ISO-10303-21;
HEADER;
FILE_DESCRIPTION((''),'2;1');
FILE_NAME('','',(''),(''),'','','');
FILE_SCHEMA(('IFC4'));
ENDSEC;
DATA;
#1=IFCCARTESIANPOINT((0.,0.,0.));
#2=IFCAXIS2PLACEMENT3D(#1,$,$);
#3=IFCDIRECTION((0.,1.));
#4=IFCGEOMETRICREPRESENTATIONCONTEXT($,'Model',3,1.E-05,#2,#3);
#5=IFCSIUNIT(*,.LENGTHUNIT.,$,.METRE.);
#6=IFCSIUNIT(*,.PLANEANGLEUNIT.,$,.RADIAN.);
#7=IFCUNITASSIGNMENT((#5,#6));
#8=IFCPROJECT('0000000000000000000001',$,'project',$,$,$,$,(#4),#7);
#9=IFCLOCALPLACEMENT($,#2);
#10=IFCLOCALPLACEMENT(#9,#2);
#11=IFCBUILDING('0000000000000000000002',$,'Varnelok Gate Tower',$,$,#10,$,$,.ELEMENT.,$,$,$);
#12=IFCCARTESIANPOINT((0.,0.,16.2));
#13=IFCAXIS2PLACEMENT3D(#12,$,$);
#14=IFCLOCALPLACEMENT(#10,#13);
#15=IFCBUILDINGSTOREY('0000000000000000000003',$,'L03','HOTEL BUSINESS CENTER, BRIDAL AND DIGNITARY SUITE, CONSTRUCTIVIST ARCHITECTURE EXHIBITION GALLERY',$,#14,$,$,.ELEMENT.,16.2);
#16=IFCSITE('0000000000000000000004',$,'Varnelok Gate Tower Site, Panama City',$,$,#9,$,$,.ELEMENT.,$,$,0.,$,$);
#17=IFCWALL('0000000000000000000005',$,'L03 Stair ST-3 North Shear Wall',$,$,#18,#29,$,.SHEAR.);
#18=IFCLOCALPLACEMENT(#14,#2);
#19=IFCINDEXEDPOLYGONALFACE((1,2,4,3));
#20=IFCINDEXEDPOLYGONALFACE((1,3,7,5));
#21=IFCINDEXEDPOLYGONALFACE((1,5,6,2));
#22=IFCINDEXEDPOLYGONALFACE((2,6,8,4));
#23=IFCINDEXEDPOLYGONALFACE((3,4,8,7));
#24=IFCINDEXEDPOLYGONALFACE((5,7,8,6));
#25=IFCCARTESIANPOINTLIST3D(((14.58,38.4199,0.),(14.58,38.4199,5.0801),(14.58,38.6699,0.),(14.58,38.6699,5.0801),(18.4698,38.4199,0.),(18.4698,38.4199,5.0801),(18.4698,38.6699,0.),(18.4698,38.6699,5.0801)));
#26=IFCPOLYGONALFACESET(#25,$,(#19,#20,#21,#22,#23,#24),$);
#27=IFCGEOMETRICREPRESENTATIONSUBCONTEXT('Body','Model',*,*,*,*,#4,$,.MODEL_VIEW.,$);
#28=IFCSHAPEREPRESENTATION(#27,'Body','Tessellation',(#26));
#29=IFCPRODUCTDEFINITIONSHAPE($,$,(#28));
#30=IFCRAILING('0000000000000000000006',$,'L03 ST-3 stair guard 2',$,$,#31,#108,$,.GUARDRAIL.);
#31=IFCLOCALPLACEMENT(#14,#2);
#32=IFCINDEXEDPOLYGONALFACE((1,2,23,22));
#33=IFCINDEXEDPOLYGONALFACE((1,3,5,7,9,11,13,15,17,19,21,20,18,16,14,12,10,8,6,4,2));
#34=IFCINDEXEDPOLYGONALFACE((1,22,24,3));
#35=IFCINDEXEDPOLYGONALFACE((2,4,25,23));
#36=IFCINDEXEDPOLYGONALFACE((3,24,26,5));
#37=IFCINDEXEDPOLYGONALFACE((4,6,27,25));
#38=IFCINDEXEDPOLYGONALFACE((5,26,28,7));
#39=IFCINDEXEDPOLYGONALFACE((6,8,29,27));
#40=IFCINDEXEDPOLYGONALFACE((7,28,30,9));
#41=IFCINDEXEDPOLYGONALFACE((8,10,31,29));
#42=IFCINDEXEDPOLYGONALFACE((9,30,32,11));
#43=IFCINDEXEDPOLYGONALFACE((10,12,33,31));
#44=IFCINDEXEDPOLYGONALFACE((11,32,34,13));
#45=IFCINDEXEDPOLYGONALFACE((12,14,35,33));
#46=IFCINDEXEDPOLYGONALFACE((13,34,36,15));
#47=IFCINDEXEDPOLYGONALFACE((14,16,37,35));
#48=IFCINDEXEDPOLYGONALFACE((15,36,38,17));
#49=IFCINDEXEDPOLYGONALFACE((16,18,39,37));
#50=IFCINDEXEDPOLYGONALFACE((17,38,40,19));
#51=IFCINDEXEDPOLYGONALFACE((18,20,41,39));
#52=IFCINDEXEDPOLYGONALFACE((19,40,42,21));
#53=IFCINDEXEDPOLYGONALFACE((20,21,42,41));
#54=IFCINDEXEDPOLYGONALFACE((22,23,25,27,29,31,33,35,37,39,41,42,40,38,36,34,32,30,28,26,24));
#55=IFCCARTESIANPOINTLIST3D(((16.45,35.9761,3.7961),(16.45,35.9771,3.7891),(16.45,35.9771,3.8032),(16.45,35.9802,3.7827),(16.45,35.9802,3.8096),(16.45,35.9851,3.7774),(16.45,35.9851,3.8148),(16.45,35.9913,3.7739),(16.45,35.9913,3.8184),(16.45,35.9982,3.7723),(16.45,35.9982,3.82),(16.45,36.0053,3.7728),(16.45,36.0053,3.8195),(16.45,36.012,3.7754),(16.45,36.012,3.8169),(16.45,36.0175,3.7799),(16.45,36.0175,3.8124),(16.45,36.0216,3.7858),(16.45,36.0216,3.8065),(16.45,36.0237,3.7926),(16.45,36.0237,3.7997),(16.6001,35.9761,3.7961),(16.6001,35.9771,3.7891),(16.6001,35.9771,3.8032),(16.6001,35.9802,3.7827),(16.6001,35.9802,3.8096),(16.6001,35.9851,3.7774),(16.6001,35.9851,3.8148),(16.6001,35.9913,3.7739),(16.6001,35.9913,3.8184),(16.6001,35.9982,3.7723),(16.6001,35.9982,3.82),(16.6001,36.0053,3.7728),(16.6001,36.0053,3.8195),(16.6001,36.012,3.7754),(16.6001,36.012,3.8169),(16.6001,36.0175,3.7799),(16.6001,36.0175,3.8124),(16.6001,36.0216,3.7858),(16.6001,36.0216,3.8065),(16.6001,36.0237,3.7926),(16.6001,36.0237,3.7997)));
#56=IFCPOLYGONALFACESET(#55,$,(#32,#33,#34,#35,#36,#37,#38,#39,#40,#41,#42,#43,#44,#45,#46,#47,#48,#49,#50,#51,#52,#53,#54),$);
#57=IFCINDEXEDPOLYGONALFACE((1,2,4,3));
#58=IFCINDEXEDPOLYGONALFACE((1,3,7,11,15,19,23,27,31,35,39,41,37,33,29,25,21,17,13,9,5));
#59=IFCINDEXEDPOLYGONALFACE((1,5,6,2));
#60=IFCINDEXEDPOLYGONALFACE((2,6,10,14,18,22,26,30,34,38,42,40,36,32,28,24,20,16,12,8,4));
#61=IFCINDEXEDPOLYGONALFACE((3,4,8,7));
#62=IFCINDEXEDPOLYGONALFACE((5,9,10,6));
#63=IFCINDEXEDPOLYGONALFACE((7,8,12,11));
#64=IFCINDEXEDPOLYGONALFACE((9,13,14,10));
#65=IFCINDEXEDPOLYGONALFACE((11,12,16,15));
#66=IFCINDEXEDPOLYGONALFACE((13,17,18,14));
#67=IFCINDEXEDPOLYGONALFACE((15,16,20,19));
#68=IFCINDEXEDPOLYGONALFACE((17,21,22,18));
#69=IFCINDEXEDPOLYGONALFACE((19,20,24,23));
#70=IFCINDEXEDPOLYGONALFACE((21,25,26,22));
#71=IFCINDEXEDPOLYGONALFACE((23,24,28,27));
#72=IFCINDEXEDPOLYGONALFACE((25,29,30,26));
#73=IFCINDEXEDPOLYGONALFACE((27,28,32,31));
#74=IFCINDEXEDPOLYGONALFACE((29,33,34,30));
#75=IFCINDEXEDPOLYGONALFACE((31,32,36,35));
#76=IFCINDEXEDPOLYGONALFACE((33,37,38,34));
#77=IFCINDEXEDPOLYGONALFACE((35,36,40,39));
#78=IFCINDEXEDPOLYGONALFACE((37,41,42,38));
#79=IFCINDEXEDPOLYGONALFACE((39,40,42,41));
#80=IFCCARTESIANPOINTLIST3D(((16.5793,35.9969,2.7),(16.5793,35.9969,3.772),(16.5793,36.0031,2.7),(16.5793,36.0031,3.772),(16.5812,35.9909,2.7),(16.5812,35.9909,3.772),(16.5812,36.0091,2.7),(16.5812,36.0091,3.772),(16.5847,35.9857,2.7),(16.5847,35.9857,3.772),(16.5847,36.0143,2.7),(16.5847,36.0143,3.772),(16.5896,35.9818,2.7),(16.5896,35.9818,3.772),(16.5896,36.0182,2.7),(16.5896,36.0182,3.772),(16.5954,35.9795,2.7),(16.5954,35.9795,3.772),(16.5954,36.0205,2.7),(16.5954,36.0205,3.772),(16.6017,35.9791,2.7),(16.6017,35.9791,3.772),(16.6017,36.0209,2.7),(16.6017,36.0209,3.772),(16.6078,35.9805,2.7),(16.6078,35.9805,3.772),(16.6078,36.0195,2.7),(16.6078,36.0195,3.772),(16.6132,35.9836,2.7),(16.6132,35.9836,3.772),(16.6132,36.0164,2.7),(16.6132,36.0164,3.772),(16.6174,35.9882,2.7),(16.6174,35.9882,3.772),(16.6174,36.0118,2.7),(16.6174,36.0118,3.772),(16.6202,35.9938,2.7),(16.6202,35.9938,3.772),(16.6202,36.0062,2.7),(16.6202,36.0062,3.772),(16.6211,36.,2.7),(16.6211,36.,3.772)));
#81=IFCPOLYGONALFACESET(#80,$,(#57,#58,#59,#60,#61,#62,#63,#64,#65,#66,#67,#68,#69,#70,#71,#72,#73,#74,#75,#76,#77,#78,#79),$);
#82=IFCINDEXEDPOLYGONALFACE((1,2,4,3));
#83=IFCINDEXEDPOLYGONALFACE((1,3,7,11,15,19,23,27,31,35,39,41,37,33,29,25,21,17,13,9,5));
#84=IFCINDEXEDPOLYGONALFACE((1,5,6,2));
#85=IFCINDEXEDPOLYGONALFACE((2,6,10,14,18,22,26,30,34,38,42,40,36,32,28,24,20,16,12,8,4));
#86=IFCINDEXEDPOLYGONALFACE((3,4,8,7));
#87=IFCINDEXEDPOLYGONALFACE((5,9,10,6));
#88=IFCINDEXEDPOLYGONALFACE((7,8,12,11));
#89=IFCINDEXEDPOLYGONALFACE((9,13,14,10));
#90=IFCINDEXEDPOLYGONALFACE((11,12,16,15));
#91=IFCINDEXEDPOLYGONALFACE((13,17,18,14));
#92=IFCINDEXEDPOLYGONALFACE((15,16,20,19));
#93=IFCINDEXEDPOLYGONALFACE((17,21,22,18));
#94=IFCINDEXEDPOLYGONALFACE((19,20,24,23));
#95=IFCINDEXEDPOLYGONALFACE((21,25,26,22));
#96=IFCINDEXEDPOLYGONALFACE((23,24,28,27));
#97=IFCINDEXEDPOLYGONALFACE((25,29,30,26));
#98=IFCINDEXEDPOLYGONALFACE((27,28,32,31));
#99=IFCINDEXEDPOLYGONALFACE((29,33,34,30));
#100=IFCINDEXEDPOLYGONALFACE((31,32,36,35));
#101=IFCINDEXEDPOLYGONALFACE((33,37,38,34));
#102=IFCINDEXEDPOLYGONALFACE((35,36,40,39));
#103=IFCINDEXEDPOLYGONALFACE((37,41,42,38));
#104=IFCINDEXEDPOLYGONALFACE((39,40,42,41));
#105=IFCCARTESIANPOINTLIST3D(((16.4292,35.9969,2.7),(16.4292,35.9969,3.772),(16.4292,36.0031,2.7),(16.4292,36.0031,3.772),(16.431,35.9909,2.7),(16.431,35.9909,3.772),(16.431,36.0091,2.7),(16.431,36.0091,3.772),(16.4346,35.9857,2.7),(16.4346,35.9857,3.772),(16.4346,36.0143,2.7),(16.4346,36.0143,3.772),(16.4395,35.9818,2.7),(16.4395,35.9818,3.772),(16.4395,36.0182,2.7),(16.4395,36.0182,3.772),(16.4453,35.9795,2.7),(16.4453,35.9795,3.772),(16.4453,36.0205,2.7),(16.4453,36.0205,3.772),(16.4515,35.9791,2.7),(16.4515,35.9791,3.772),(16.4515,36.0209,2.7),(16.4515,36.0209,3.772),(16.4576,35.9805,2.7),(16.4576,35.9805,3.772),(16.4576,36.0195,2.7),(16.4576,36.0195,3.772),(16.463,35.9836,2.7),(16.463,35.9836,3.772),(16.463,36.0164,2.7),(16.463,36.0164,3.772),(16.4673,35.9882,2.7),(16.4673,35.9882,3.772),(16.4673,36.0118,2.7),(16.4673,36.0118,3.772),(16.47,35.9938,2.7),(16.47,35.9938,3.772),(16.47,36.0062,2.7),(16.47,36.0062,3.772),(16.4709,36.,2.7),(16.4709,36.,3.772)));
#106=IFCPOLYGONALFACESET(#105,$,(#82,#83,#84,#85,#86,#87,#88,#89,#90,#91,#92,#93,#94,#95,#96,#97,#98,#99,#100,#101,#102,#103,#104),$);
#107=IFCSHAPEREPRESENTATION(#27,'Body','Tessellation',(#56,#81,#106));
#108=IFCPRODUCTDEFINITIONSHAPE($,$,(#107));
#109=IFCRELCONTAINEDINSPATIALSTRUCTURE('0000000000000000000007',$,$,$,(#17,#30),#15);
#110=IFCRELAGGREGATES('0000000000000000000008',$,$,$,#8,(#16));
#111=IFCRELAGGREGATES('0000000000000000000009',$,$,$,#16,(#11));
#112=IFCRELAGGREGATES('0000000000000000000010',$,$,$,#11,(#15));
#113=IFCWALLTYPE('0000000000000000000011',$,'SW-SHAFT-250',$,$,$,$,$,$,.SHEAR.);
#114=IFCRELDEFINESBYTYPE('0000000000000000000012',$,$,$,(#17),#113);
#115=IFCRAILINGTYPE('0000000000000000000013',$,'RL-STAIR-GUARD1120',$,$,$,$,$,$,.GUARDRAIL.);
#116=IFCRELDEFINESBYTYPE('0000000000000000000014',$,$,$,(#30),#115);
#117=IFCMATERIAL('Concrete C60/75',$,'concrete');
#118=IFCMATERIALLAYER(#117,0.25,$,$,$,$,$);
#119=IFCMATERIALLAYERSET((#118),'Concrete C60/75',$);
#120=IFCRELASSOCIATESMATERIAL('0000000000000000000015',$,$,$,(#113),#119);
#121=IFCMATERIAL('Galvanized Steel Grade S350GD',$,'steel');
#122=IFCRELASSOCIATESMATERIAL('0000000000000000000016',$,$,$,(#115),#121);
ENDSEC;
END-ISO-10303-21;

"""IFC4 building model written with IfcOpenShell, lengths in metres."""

from ifc_helpers import new_model, si_unit, direction, frame, frame_2d, origin, origin_2d, place, context, subcontext, project, spatial, rectangle, circle, extrude, material, layer, layer_set, type_object, element, save


model = new_model("IFC4")

# Units and contexts
model_context = context("Model", 3, precision=1e-05, world=origin(), true_north=direction((0.0, 1.0)))
body_context = subcontext(model_context, "Body", "Model", "MODEL_VIEW")
ifc_project = project(units=[si_unit("LENGTHUNIT", "METRE"), si_unit("PLANEANGLEUNIT", "RADIAN")], contexts=[model_context])

# Site, building, storey
site_placement = place(None, origin())
site = spatial("IfcSite", under=ifc_project, at=site_placement, Name="Varnelok Gate Tower Site, Panama City", CompositionType="ELEMENT", RefElevation=0.0)
building_placement = place(site_placement, origin())
building = spatial("IfcBuilding", under=site, at=building_placement, Name="Varnelok Gate Tower", CompositionType="ELEMENT")
storey_placement = place(building_placement, frame((0.0, 0.0, 16.2)))
storey = spatial("IfcBuildingStorey", under=building, at=storey_placement, Name="L03", Description="HOTEL BUSINESS CENTER, BRIDAL AND DIGNITARY SUITE, CONSTRUCTIVIST ARCHITECTURE EXHIBITION GALLERY", CompositionType="ELEMENT", Elevation=16.2)

# Shared definitions
ifc_material_1 = material(Name="Concrete C60/75", Category="concrete")

# Wall
ifc_layer_1 = layer(ifc_material_1, 0.25)
ifc_layer_set_1 = layer_set([ifc_layer_1], Name="Concrete C60/75")
wall_type_1 = type_object("IfcWallType", Name="SW-SHAFT-250", PredefinedType="SHEAR", material=ifc_layer_set_1)
wall_1_placement = place(storey_placement, frame((14.5801, 38.5449, 0.0), z_axis=(0.0, 0.0, 1.0), x_axis=(1.0, 0.0, 0.0)))
element("IfcWall", 1, at=wall_1_placement, inside=storey, type_object=wall_type_1, Name="L03 Stair ST-3 North Shear Wall", PredefinedType="SHEAR", context=body_context, shape_type="SweptSolid", body=[
    extrude(rectangle(XDim=3.8899, YDim=0.25, at=frame_2d((1.9448, 0.0))), origin(), (0.0, 0.0, 1.0), 5.0801),
])

# Railing
ifc_material_2 = material(Name="Galvanized Steel Grade S350GD", Category="steel")
railing_type = type_object("IfcRailingType", Name="RL-STAIR-GUARD1120", PredefinedType="GUARDRAIL", material=ifc_material_2)
railing_1_placement = place(storey_placement, frame((16.6001, 36.0, 2.7)))
element("IfcRailing", 2, at=railing_1_placement, inside=storey, type_object=railing_type, Name="L03 ST-3 stair guard 2", PredefinedType="GUARDRAIL", context=body_context, shape_type="SweptSolid", body=[
    extrude(circle(Radius=0.0239, at=origin_2d()), frame((0.0, 0.0, 1.0962), z_axis=(-1.0, 0.0, 0.0), x_axis=(0.0, -1.0, 0.0)), (0.0, 0.0, 1.0), 0.1501),
    extrude(circle(Radius=0.021, at=origin_2d()), origin(), (0.0, 0.0, 1.0), 1.072),
    extrude(circle(Radius=0.021, at=origin_2d()), frame((-0.1501, 0.0, 0.0)), (0.0, 0.0, 1.0), 1.072),
])

save(model, "model.ifc")
